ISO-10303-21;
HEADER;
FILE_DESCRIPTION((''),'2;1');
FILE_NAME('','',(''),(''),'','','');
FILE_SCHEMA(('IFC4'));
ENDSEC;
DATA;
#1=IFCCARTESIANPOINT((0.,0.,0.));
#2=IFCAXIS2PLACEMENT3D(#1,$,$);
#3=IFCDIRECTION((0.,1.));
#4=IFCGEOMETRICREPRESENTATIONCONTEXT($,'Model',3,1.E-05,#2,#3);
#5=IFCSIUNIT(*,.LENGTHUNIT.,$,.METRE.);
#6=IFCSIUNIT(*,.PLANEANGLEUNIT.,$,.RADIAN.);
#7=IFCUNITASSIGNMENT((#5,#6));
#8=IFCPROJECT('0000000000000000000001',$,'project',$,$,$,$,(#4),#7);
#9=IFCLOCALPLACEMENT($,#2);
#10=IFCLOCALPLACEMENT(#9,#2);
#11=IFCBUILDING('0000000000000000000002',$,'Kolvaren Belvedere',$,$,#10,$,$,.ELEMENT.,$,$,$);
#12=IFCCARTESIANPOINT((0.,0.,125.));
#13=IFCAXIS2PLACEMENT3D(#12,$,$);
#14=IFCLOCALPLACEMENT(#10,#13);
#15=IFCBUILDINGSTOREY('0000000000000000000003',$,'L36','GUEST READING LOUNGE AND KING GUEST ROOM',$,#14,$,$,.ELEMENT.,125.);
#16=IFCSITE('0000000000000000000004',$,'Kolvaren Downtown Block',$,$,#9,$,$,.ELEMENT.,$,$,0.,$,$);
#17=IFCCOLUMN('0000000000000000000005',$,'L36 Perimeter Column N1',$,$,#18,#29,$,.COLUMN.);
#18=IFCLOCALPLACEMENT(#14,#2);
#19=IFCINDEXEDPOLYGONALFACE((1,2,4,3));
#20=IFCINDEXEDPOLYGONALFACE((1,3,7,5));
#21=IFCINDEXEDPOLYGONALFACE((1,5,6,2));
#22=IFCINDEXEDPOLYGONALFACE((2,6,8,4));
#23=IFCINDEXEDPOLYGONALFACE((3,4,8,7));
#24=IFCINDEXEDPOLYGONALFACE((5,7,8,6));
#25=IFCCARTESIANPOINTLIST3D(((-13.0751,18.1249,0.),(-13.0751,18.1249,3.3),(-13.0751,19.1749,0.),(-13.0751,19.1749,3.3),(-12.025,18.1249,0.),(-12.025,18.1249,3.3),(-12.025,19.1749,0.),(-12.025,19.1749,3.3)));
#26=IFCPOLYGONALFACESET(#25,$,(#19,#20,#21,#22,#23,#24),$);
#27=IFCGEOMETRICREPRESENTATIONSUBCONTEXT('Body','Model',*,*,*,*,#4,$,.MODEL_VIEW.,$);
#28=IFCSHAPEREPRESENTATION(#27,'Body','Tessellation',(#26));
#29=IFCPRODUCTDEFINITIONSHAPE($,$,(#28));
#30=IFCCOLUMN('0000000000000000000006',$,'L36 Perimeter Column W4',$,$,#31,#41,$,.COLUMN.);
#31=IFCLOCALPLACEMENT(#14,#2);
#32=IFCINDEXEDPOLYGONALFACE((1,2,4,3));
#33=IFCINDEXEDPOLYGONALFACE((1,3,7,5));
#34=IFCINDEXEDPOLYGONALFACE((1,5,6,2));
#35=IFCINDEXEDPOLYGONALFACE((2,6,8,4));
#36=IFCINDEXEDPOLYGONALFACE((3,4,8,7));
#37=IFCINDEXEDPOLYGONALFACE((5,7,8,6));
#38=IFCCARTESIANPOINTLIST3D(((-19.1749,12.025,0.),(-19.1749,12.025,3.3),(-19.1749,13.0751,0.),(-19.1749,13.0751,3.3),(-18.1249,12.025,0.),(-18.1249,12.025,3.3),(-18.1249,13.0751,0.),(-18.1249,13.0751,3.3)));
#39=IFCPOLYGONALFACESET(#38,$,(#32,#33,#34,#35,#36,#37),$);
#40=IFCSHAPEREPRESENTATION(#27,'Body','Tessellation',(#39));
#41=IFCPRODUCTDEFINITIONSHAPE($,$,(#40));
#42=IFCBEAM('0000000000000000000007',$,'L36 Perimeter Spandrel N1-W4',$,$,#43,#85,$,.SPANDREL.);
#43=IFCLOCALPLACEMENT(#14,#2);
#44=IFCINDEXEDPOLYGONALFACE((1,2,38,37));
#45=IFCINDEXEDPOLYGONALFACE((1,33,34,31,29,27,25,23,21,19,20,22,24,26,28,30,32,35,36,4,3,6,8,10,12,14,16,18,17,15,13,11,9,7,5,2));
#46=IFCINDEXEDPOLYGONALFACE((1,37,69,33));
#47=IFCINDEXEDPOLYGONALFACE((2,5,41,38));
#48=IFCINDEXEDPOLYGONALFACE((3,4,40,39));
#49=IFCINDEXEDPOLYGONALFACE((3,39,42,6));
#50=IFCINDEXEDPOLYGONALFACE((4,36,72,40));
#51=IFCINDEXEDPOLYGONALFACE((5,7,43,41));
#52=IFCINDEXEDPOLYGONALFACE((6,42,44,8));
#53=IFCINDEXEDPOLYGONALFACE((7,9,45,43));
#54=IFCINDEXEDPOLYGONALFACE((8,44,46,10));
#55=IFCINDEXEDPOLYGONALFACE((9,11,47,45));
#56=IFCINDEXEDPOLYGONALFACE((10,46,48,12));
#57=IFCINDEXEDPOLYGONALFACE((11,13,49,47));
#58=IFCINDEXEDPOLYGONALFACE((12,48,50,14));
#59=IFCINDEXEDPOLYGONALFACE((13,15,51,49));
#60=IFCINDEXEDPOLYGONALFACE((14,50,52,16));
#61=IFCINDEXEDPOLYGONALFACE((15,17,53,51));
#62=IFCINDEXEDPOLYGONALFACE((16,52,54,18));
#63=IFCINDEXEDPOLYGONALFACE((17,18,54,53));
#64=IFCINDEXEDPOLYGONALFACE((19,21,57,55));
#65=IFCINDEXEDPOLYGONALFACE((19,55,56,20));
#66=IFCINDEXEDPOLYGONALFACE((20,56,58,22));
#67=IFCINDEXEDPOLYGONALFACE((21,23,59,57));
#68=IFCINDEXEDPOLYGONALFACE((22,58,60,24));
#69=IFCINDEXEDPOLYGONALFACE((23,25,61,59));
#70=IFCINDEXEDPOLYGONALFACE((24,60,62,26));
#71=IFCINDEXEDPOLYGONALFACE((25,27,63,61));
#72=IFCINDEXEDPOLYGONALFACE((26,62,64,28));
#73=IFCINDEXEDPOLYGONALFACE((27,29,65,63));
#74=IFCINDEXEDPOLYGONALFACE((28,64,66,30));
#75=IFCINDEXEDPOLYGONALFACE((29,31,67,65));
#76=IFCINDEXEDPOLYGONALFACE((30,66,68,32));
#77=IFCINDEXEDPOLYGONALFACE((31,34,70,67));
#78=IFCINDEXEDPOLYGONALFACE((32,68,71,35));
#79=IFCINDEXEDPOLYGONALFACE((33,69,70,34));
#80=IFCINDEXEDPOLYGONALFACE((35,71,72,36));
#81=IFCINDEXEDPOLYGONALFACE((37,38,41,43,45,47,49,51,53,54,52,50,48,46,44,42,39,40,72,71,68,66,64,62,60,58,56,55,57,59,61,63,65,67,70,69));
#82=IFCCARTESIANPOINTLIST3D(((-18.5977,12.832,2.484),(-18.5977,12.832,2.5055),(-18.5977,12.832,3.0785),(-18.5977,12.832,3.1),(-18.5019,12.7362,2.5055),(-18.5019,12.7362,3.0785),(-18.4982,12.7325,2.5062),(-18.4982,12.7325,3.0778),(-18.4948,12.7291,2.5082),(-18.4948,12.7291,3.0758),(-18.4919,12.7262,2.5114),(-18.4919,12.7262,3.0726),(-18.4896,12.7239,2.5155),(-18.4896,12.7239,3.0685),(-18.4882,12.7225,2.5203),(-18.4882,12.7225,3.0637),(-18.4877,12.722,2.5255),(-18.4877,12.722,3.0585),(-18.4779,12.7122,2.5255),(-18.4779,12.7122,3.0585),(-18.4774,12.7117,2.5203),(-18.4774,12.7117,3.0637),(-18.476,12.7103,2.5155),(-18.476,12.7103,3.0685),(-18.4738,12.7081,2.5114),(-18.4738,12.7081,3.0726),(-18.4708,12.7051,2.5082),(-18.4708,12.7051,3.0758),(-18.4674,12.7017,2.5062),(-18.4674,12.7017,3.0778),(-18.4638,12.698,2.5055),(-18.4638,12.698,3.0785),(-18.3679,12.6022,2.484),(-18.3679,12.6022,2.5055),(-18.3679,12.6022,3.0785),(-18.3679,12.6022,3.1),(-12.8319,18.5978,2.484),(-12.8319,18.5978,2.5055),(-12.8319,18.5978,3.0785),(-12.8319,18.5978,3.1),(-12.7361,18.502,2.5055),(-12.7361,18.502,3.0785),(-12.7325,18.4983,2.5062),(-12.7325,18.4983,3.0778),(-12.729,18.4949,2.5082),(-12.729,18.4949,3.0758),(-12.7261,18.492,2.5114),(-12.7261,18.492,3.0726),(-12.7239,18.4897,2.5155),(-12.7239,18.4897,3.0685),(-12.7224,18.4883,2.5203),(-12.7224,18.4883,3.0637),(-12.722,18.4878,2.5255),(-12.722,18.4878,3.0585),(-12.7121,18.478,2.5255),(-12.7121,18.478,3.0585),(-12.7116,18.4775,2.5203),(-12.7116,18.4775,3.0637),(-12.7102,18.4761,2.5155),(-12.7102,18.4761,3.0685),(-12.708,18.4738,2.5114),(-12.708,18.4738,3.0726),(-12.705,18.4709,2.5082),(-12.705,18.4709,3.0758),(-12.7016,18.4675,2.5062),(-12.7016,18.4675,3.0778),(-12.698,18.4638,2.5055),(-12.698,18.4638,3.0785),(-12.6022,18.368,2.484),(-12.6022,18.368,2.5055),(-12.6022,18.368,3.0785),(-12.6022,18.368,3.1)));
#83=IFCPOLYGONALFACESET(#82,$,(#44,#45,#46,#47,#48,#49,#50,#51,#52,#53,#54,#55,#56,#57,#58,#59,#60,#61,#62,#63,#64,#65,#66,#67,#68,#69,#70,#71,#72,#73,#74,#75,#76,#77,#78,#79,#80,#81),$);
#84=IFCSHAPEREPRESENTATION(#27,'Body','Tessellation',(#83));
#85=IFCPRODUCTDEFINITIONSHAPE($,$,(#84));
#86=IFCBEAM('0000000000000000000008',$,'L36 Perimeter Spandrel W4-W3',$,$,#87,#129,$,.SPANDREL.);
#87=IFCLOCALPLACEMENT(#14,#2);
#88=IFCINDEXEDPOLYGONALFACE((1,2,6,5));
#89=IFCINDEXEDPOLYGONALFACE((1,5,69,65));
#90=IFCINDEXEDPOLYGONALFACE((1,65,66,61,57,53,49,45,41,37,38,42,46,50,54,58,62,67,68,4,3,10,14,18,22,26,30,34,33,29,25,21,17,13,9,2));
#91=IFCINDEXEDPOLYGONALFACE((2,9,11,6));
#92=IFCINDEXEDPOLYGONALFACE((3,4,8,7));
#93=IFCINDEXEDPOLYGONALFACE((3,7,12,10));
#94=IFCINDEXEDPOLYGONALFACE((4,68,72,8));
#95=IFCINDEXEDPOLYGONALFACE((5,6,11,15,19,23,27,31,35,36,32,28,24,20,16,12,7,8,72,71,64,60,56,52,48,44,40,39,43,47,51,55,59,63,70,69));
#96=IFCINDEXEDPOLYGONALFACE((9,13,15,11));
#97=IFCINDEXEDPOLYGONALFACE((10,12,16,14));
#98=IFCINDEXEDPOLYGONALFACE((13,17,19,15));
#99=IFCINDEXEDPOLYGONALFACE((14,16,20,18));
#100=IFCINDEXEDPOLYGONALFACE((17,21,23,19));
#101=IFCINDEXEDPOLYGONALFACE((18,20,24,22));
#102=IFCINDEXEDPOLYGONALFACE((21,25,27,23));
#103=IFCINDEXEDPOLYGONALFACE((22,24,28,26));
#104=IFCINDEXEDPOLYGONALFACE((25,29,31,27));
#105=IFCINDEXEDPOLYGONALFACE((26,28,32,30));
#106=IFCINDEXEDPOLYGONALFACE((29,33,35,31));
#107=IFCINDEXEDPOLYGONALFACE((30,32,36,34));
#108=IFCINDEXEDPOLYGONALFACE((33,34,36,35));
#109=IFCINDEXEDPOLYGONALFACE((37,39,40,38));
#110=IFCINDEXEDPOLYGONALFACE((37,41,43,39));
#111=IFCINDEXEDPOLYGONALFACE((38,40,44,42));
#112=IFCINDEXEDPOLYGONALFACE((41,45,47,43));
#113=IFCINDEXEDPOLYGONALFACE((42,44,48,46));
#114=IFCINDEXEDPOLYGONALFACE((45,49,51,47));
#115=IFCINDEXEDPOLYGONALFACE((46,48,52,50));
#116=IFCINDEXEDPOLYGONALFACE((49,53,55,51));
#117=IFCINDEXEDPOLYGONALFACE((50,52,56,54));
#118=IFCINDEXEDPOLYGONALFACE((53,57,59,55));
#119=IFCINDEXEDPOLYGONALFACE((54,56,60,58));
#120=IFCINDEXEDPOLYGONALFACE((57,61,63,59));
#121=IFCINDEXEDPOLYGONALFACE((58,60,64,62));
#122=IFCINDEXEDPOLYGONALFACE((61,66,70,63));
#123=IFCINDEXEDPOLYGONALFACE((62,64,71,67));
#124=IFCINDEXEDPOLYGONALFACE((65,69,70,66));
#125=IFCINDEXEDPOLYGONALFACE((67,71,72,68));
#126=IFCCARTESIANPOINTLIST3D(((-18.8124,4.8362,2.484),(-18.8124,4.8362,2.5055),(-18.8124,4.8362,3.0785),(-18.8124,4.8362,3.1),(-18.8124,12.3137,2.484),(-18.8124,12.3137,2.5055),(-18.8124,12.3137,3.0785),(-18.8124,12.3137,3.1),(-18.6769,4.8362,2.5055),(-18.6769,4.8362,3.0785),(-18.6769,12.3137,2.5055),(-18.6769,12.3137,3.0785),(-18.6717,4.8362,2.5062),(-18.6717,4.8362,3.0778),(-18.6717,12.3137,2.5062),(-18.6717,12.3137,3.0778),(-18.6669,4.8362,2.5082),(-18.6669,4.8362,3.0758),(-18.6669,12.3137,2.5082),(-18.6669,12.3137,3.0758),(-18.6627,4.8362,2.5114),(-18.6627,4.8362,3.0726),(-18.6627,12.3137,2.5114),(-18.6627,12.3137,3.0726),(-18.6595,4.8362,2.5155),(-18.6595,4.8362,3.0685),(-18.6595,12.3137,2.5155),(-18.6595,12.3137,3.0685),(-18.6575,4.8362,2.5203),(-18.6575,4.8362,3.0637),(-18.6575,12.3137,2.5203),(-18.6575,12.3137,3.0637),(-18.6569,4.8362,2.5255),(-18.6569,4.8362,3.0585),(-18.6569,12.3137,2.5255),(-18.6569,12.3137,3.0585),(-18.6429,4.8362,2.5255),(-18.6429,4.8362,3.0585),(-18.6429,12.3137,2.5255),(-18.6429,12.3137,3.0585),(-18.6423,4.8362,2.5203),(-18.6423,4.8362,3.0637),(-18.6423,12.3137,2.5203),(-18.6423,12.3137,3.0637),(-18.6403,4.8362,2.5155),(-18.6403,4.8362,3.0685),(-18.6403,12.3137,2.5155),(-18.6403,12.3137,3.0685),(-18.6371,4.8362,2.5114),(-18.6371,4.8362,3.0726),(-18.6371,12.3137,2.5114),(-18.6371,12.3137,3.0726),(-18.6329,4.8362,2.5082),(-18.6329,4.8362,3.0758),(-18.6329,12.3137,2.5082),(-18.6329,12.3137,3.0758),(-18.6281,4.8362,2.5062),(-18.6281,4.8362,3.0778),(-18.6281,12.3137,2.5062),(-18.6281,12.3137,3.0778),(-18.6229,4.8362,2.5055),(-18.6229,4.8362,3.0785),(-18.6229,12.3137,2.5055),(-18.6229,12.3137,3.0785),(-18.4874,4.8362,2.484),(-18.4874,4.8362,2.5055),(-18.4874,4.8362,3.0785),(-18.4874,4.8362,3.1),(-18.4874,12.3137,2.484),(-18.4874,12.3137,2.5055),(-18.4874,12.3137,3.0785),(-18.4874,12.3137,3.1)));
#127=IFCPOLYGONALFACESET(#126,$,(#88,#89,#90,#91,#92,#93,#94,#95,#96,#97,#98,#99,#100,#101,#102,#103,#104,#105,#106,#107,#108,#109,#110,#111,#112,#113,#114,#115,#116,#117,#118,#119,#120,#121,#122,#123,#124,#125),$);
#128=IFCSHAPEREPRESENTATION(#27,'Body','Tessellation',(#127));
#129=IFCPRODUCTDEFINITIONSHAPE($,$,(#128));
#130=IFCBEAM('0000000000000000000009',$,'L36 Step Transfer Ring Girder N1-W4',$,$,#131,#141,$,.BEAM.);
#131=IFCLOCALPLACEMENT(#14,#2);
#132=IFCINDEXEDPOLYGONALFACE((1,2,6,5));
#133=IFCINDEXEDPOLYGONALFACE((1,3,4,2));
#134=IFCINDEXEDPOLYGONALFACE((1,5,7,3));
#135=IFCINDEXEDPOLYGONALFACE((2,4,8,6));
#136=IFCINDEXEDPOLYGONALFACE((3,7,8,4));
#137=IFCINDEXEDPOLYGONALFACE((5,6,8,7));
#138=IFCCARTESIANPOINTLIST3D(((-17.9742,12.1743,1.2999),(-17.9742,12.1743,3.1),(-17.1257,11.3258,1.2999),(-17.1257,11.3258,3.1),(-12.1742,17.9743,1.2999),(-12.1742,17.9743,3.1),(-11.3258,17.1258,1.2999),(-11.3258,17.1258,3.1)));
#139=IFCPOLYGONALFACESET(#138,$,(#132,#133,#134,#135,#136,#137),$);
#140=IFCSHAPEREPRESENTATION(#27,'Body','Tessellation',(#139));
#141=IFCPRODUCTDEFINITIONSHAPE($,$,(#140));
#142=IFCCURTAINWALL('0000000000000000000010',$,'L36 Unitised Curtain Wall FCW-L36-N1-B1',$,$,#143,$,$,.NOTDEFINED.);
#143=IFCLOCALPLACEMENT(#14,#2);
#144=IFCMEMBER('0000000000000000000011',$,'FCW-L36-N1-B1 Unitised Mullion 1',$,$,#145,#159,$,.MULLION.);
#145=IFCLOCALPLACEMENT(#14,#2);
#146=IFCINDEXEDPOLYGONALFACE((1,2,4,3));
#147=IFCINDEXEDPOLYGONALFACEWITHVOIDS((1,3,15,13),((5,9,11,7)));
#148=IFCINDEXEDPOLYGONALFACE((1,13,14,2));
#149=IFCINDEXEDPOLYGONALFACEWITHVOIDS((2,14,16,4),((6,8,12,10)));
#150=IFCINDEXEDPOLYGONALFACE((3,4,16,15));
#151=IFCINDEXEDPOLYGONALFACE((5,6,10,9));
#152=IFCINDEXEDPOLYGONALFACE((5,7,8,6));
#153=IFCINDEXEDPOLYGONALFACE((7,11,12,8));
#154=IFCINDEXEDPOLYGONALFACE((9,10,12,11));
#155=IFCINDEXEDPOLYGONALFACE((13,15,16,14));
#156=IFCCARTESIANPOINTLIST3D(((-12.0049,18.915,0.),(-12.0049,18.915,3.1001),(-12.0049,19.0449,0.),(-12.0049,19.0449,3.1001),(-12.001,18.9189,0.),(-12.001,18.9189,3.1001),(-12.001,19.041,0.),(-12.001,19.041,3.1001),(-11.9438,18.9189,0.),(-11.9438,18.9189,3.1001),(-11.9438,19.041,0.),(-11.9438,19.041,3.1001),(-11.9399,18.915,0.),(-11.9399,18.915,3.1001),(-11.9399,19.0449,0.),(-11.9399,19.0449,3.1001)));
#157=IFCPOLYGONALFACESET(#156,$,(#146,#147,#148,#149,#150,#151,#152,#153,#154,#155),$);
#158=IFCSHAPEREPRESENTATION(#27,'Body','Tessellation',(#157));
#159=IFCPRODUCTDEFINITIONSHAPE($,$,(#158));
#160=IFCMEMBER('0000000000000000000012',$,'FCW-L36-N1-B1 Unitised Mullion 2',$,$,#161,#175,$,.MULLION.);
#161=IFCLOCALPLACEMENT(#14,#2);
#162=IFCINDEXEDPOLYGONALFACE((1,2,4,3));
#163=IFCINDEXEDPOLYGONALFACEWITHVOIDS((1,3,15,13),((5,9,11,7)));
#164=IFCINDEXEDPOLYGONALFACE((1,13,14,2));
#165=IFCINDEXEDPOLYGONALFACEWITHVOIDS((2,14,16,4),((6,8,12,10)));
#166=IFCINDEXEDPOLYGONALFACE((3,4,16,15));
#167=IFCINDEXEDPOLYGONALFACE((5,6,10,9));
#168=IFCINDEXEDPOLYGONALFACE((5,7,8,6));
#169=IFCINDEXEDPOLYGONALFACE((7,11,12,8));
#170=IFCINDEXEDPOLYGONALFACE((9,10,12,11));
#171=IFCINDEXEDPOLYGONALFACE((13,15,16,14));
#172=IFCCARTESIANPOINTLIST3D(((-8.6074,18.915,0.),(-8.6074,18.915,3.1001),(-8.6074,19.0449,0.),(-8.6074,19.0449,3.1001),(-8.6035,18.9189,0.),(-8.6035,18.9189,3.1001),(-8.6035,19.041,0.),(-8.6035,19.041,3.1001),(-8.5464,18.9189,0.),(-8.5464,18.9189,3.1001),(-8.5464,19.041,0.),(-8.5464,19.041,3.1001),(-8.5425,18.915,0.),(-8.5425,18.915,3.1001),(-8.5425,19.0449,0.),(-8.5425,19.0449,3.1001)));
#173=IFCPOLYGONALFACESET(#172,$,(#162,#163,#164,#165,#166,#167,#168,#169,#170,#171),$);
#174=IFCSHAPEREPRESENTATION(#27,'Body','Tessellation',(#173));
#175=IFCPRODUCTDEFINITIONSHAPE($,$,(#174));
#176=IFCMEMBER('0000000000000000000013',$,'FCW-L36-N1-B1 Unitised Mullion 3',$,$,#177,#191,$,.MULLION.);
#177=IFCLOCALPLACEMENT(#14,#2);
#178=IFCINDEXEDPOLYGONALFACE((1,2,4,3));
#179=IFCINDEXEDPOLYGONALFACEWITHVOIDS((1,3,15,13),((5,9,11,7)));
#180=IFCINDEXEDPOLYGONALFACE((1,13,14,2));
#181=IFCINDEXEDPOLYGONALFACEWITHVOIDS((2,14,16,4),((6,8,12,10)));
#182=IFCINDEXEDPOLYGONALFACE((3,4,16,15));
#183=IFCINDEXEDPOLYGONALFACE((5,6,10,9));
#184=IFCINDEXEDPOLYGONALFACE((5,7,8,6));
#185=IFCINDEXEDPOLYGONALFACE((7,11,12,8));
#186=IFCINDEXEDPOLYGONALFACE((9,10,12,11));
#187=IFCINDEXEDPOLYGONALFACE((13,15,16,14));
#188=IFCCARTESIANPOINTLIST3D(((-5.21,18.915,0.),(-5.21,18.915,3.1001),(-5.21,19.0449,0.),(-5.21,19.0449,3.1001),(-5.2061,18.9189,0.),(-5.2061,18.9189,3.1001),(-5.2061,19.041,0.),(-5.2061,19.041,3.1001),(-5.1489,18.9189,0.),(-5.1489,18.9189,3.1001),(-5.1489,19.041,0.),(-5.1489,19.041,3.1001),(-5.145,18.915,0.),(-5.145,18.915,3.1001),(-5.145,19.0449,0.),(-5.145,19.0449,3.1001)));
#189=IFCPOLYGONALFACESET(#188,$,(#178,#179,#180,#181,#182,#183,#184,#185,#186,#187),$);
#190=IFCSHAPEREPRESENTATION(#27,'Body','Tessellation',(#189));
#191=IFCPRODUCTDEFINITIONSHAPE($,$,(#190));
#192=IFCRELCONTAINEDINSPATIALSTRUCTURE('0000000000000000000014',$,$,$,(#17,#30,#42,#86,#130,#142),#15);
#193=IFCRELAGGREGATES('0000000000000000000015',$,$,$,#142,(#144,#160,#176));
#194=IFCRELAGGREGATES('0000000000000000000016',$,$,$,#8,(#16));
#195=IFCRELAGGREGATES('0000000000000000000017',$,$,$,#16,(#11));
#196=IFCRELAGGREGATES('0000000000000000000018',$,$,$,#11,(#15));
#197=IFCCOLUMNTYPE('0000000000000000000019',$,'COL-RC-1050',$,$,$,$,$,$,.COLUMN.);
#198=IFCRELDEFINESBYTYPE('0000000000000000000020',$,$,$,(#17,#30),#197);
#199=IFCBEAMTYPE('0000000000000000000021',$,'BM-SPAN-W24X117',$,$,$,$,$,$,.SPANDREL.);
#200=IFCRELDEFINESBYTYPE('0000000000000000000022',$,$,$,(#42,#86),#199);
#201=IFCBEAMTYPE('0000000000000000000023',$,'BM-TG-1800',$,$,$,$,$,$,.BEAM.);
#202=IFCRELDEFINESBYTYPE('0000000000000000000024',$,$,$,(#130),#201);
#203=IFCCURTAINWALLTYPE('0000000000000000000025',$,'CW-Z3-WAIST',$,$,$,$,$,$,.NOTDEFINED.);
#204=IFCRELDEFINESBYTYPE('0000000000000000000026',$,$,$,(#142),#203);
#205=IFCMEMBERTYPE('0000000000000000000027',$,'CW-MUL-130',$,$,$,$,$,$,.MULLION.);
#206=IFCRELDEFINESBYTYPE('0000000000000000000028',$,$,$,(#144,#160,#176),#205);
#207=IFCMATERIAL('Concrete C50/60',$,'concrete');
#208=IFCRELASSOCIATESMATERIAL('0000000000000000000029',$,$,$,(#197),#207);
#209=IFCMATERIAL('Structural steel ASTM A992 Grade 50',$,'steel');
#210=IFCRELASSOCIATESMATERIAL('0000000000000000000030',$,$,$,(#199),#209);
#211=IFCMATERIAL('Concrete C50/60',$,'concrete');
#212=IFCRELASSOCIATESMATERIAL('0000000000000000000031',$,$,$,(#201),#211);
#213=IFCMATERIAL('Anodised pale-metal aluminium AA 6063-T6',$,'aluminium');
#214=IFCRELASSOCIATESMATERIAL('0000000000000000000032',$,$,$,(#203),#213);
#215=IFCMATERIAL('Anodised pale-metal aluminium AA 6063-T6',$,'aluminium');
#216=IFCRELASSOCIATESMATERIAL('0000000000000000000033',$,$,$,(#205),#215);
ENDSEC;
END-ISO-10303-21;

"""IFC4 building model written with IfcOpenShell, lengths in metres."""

from ifc_helpers import new_model, si_unit, direction, frame, origin, origin_2d, place, context, subcontext, project, spatial, rectangle, hollow_rectangle, i_section, extrude, material, material_profile, profile_set, type_object, element, aggregate, save


model = new_model("IFC4")

# Units and contexts
model_context = context("Model", 3, precision=1e-05, world=origin(), true_north=direction((0.0, 1.0)))
body_context = subcontext(model_context, "Body", "Model", "MODEL_VIEW")
ifc_project = project(units=[si_unit("LENGTHUNIT", "METRE"), si_unit("PLANEANGLEUNIT", "RADIAN")], contexts=[model_context])

# Site, building, storey
site_placement = place(None, origin())
site = spatial("IfcSite", under=ifc_project, at=site_placement, Name="Kolvaren Downtown Block", CompositionType="ELEMENT", RefElevation=0.0)
building_placement = place(site_placement, origin())
building = spatial("IfcBuilding", under=site, at=building_placement, Name="Kolvaren Belvedere", CompositionType="ELEMENT")
storey_placement = place(building_placement, frame((0.0, 0.0, 125.0)))
storey = spatial("IfcBuildingStorey", under=building, at=storey_placement, Name="L36", Description="GUEST READING LOUNGE AND KING GUEST ROOM", CompositionType="ELEMENT", Elevation=125.0)

# Columns
ifc_material_1 = material(Name="Concrete C50/60", Category="concrete")
ifc_material_profile_1 = material_profile(ifc_material_1, rectangle(XDim=1.05, YDim=1.05, at=origin_2d()), Name="RC 1050X1050")
ifc_profile_set_1 = profile_set([ifc_material_profile_1], Name="Concrete C50/60")
column_type = type_object("IfcColumnType", Name="COL-RC-1050", PredefinedType="COLUMN", material=ifc_profile_set_1)
for number, where, z_axis, x_axis, name in (
    (1, (-12.55, 18.6499, 0.0), (0.0, 0.0, 1.0), (1.0, 0.0, 0.0), "L36 Perimeter Column N1"),
    (2, (-18.6499, 12.55, 0.0), (0.0, 0.0, 1.0), (1.0, 0.0, 0.0), "L36 Perimeter Column W4"),
):
    element("IfcColumn", number, at=place(storey_placement, frame(where, z_axis=z_axis, x_axis=x_axis)), inside=storey, type_object=column_type, Name=name, PredefinedType="COLUMN", context=body_context, shape_type="SweptSolid", body=[
        extrude(rectangle(XDim=1.05, YDim=1.05, at=origin_2d()), origin(), (0.0, 0.0, 1.0), 3.3),
    ])

# Beams
ifc_material_2 = material(Name="Structural steel ASTM A992 Grade 50", Category="steel")
ifc_material_profile_2 = material_profile(ifc_material_2, i_section(OverallWidth=0.325, OverallDepth=0.616, WebThickness=0.0139, FlangeThickness=0.0215, FilletRadius=0.02, at=origin_2d()), Name="W24X117")
ifc_profile_set_2 = profile_set([ifc_material_profile_2], Name="Structural steel ASTM A992 Grade 50")
beam_type_1 = type_object("IfcBeamType", Name="BM-SPAN-W24X117", PredefinedType="SPANDREL", material=ifc_profile_set_2)
beam_1_placement = place(storey_placement, frame((-12.717, 18.4829, 2.792), z_axis=(-0.707107, -0.707107, 0.0), x_axis=(0.707107, -0.707107, 0.0)))
element("IfcBeam", 3, at=beam_1_placement, inside=storey, type_object=beam_type_1, Name="L36 Perimeter Spandrel N1-W4", PredefinedType="SPANDREL", context=body_context, shape_type="SweptSolid", body=[
    extrude(i_section(OverallWidth=0.325, OverallDepth=0.616, WebThickness=0.0139, FlangeThickness=0.0215, FilletRadius=0.02, at=origin_2d()), origin(), (0.0, 0.0, 1.0), 8.1541),
])
beam_2_placement = place(storey_placement, frame((-18.6499, 12.3137, 2.792), z_axis=(0.0, -1.0, 0.0), x_axis=(1.0, 0.0, 0.0)))
element("IfcBeam", 4, at=beam_2_placement, inside=storey, type_object=beam_type_1, Name="L36 Perimeter Spandrel W4-W3", PredefinedType="SPANDREL", context=body_context, shape_type="SweptSolid", body=[
    extrude(i_section(OverallWidth=0.325, OverallDepth=0.616, WebThickness=0.0139, FlangeThickness=0.0215, FilletRadius=0.02, at=origin_2d()), origin(), (0.0, 0.0, 1.0), 7.4775),
])
ifc_material_3 = material(Name="Concrete C50/60", Category="concrete")
ifc_material_profile_3 = material_profile(ifc_material_3, rectangle(XDim=1.2, YDim=1.8, at=origin_2d()), Name="RC 1200X1800")
ifc_profile_set_3 = profile_set([ifc_material_profile_3], Name="Concrete C50/60")
beam_type_2 = type_object("IfcBeamType", Name="BM-TG-1800", PredefinedType="BEAM", material=ifc_profile_set_3)
beam_3_placement = place(storey_placement, frame((-11.75, 17.55, 2.2), z_axis=(-0.707107, -0.707107, 0.0), x_axis=(0.707107, -0.707107, 0.0)))
element("IfcBeam", 5, at=beam_3_placement, inside=storey, type_object=beam_type_2, Name="L36 Step Transfer Ring Girder N1-W4", PredefinedType="BEAM", context=body_context, shape_type="SweptSolid", body=[
    extrude(rectangle(XDim=1.2, YDim=1.8, at=origin_2d()), origin(), (0.0, 0.0, 1.0), 8.2024),
])

# Curtain wall, members
ifc_material_4 = material(Name="Anodised pale-metal aluminium AA 6063-T6", Category="aluminium")
curtain_wall_type = type_object("IfcCurtainWallType", Name="CW-Z3-WAIST", PredefinedType="NOTDEFINED", material=ifc_material_4)
curtain_wall_placement = place(storey_placement, origin())
curtain_wall = element("IfcCurtainWall", 6, at=curtain_wall_placement, inside=storey, type_object=curtain_wall_type, Name="L36 Unitised Curtain Wall FCW-L36-N1-B1", PredefinedType="NOTDEFINED")
ifc_material_5 = material(Name="Anodised pale-metal aluminium AA 6063-T6", Category="aluminium")
ifc_material_profile_4 = material_profile(ifc_material_5, hollow_rectangle(XDim=0.0649, YDim=0.1299, WallThickness=0.0039, at=origin_2d()), Name="ALU-MUL-130X65")
ifc_profile_set_4 = profile_set([ifc_material_profile_4], Name="Anodised pale-metal aluminium AA 6063-T6")
member_type_1 = type_object("IfcMemberType", Name="CW-MUL-130", PredefinedType="MULLION", material=ifc_profile_set_4)
member_1_placement = place(storey_placement, frame((-11.9724, 18.98, 0.0), z_axis=(0.0, 0.0, 1.0), x_axis=(1.0, 0.0, 0.0)))
member_1 = element("IfcMember", 7, at=member_1_placement, type_object=member_type_1, Name="FCW-L36-N1-B1 Unitised Mullion 1", PredefinedType="MULLION", context=body_context, shape_type="SweptSolid", body=[
    extrude(hollow_rectangle(XDim=0.0649, YDim=0.1299, WallThickness=0.0039, at=origin_2d()), origin(), (0.0, 0.0, 1.0), 3.1001),
])
member_2_placement = place(storey_placement, frame((-8.575, 18.98, 0.0), z_axis=(0.0, 0.0, 1.0), x_axis=(1.0, 0.0, 0.0)))
member_2 = element("IfcMember", 8, at=member_2_placement, type_object=member_type_1, Name="FCW-L36-N1-B1 Unitised Mullion 2", PredefinedType="MULLION", context=body_context, shape_type="SweptSolid", body=[
    extrude(hollow_rectangle(XDim=0.0649, YDim=0.1299, WallThickness=0.0039, at=origin_2d()), origin(), (0.0, 0.0, 1.0), 3.1001),
])
member_3_placement = place(storey_placement, frame((-5.1775, 18.98, 0.0), z_axis=(0.0, 0.0, 1.0), x_axis=(1.0, 0.0, 0.0)))
member_3 = element("IfcMember", 9, at=member_3_placement, type_object=member_type_1, Name="FCW-L36-N1-B1 Unitised Mullion 3", PredefinedType="MULLION", context=body_context, shape_type="SweptSolid", body=[
    extrude(hollow_rectangle(XDim=0.0649, YDim=0.1299, WallThickness=0.0039, at=origin_2d()), origin(), (0.0, 0.0, 1.0), 3.1001),
])
aggregate(curtain_wall, [member_1, member_2, member_3])

save(model, "model.ifc")
